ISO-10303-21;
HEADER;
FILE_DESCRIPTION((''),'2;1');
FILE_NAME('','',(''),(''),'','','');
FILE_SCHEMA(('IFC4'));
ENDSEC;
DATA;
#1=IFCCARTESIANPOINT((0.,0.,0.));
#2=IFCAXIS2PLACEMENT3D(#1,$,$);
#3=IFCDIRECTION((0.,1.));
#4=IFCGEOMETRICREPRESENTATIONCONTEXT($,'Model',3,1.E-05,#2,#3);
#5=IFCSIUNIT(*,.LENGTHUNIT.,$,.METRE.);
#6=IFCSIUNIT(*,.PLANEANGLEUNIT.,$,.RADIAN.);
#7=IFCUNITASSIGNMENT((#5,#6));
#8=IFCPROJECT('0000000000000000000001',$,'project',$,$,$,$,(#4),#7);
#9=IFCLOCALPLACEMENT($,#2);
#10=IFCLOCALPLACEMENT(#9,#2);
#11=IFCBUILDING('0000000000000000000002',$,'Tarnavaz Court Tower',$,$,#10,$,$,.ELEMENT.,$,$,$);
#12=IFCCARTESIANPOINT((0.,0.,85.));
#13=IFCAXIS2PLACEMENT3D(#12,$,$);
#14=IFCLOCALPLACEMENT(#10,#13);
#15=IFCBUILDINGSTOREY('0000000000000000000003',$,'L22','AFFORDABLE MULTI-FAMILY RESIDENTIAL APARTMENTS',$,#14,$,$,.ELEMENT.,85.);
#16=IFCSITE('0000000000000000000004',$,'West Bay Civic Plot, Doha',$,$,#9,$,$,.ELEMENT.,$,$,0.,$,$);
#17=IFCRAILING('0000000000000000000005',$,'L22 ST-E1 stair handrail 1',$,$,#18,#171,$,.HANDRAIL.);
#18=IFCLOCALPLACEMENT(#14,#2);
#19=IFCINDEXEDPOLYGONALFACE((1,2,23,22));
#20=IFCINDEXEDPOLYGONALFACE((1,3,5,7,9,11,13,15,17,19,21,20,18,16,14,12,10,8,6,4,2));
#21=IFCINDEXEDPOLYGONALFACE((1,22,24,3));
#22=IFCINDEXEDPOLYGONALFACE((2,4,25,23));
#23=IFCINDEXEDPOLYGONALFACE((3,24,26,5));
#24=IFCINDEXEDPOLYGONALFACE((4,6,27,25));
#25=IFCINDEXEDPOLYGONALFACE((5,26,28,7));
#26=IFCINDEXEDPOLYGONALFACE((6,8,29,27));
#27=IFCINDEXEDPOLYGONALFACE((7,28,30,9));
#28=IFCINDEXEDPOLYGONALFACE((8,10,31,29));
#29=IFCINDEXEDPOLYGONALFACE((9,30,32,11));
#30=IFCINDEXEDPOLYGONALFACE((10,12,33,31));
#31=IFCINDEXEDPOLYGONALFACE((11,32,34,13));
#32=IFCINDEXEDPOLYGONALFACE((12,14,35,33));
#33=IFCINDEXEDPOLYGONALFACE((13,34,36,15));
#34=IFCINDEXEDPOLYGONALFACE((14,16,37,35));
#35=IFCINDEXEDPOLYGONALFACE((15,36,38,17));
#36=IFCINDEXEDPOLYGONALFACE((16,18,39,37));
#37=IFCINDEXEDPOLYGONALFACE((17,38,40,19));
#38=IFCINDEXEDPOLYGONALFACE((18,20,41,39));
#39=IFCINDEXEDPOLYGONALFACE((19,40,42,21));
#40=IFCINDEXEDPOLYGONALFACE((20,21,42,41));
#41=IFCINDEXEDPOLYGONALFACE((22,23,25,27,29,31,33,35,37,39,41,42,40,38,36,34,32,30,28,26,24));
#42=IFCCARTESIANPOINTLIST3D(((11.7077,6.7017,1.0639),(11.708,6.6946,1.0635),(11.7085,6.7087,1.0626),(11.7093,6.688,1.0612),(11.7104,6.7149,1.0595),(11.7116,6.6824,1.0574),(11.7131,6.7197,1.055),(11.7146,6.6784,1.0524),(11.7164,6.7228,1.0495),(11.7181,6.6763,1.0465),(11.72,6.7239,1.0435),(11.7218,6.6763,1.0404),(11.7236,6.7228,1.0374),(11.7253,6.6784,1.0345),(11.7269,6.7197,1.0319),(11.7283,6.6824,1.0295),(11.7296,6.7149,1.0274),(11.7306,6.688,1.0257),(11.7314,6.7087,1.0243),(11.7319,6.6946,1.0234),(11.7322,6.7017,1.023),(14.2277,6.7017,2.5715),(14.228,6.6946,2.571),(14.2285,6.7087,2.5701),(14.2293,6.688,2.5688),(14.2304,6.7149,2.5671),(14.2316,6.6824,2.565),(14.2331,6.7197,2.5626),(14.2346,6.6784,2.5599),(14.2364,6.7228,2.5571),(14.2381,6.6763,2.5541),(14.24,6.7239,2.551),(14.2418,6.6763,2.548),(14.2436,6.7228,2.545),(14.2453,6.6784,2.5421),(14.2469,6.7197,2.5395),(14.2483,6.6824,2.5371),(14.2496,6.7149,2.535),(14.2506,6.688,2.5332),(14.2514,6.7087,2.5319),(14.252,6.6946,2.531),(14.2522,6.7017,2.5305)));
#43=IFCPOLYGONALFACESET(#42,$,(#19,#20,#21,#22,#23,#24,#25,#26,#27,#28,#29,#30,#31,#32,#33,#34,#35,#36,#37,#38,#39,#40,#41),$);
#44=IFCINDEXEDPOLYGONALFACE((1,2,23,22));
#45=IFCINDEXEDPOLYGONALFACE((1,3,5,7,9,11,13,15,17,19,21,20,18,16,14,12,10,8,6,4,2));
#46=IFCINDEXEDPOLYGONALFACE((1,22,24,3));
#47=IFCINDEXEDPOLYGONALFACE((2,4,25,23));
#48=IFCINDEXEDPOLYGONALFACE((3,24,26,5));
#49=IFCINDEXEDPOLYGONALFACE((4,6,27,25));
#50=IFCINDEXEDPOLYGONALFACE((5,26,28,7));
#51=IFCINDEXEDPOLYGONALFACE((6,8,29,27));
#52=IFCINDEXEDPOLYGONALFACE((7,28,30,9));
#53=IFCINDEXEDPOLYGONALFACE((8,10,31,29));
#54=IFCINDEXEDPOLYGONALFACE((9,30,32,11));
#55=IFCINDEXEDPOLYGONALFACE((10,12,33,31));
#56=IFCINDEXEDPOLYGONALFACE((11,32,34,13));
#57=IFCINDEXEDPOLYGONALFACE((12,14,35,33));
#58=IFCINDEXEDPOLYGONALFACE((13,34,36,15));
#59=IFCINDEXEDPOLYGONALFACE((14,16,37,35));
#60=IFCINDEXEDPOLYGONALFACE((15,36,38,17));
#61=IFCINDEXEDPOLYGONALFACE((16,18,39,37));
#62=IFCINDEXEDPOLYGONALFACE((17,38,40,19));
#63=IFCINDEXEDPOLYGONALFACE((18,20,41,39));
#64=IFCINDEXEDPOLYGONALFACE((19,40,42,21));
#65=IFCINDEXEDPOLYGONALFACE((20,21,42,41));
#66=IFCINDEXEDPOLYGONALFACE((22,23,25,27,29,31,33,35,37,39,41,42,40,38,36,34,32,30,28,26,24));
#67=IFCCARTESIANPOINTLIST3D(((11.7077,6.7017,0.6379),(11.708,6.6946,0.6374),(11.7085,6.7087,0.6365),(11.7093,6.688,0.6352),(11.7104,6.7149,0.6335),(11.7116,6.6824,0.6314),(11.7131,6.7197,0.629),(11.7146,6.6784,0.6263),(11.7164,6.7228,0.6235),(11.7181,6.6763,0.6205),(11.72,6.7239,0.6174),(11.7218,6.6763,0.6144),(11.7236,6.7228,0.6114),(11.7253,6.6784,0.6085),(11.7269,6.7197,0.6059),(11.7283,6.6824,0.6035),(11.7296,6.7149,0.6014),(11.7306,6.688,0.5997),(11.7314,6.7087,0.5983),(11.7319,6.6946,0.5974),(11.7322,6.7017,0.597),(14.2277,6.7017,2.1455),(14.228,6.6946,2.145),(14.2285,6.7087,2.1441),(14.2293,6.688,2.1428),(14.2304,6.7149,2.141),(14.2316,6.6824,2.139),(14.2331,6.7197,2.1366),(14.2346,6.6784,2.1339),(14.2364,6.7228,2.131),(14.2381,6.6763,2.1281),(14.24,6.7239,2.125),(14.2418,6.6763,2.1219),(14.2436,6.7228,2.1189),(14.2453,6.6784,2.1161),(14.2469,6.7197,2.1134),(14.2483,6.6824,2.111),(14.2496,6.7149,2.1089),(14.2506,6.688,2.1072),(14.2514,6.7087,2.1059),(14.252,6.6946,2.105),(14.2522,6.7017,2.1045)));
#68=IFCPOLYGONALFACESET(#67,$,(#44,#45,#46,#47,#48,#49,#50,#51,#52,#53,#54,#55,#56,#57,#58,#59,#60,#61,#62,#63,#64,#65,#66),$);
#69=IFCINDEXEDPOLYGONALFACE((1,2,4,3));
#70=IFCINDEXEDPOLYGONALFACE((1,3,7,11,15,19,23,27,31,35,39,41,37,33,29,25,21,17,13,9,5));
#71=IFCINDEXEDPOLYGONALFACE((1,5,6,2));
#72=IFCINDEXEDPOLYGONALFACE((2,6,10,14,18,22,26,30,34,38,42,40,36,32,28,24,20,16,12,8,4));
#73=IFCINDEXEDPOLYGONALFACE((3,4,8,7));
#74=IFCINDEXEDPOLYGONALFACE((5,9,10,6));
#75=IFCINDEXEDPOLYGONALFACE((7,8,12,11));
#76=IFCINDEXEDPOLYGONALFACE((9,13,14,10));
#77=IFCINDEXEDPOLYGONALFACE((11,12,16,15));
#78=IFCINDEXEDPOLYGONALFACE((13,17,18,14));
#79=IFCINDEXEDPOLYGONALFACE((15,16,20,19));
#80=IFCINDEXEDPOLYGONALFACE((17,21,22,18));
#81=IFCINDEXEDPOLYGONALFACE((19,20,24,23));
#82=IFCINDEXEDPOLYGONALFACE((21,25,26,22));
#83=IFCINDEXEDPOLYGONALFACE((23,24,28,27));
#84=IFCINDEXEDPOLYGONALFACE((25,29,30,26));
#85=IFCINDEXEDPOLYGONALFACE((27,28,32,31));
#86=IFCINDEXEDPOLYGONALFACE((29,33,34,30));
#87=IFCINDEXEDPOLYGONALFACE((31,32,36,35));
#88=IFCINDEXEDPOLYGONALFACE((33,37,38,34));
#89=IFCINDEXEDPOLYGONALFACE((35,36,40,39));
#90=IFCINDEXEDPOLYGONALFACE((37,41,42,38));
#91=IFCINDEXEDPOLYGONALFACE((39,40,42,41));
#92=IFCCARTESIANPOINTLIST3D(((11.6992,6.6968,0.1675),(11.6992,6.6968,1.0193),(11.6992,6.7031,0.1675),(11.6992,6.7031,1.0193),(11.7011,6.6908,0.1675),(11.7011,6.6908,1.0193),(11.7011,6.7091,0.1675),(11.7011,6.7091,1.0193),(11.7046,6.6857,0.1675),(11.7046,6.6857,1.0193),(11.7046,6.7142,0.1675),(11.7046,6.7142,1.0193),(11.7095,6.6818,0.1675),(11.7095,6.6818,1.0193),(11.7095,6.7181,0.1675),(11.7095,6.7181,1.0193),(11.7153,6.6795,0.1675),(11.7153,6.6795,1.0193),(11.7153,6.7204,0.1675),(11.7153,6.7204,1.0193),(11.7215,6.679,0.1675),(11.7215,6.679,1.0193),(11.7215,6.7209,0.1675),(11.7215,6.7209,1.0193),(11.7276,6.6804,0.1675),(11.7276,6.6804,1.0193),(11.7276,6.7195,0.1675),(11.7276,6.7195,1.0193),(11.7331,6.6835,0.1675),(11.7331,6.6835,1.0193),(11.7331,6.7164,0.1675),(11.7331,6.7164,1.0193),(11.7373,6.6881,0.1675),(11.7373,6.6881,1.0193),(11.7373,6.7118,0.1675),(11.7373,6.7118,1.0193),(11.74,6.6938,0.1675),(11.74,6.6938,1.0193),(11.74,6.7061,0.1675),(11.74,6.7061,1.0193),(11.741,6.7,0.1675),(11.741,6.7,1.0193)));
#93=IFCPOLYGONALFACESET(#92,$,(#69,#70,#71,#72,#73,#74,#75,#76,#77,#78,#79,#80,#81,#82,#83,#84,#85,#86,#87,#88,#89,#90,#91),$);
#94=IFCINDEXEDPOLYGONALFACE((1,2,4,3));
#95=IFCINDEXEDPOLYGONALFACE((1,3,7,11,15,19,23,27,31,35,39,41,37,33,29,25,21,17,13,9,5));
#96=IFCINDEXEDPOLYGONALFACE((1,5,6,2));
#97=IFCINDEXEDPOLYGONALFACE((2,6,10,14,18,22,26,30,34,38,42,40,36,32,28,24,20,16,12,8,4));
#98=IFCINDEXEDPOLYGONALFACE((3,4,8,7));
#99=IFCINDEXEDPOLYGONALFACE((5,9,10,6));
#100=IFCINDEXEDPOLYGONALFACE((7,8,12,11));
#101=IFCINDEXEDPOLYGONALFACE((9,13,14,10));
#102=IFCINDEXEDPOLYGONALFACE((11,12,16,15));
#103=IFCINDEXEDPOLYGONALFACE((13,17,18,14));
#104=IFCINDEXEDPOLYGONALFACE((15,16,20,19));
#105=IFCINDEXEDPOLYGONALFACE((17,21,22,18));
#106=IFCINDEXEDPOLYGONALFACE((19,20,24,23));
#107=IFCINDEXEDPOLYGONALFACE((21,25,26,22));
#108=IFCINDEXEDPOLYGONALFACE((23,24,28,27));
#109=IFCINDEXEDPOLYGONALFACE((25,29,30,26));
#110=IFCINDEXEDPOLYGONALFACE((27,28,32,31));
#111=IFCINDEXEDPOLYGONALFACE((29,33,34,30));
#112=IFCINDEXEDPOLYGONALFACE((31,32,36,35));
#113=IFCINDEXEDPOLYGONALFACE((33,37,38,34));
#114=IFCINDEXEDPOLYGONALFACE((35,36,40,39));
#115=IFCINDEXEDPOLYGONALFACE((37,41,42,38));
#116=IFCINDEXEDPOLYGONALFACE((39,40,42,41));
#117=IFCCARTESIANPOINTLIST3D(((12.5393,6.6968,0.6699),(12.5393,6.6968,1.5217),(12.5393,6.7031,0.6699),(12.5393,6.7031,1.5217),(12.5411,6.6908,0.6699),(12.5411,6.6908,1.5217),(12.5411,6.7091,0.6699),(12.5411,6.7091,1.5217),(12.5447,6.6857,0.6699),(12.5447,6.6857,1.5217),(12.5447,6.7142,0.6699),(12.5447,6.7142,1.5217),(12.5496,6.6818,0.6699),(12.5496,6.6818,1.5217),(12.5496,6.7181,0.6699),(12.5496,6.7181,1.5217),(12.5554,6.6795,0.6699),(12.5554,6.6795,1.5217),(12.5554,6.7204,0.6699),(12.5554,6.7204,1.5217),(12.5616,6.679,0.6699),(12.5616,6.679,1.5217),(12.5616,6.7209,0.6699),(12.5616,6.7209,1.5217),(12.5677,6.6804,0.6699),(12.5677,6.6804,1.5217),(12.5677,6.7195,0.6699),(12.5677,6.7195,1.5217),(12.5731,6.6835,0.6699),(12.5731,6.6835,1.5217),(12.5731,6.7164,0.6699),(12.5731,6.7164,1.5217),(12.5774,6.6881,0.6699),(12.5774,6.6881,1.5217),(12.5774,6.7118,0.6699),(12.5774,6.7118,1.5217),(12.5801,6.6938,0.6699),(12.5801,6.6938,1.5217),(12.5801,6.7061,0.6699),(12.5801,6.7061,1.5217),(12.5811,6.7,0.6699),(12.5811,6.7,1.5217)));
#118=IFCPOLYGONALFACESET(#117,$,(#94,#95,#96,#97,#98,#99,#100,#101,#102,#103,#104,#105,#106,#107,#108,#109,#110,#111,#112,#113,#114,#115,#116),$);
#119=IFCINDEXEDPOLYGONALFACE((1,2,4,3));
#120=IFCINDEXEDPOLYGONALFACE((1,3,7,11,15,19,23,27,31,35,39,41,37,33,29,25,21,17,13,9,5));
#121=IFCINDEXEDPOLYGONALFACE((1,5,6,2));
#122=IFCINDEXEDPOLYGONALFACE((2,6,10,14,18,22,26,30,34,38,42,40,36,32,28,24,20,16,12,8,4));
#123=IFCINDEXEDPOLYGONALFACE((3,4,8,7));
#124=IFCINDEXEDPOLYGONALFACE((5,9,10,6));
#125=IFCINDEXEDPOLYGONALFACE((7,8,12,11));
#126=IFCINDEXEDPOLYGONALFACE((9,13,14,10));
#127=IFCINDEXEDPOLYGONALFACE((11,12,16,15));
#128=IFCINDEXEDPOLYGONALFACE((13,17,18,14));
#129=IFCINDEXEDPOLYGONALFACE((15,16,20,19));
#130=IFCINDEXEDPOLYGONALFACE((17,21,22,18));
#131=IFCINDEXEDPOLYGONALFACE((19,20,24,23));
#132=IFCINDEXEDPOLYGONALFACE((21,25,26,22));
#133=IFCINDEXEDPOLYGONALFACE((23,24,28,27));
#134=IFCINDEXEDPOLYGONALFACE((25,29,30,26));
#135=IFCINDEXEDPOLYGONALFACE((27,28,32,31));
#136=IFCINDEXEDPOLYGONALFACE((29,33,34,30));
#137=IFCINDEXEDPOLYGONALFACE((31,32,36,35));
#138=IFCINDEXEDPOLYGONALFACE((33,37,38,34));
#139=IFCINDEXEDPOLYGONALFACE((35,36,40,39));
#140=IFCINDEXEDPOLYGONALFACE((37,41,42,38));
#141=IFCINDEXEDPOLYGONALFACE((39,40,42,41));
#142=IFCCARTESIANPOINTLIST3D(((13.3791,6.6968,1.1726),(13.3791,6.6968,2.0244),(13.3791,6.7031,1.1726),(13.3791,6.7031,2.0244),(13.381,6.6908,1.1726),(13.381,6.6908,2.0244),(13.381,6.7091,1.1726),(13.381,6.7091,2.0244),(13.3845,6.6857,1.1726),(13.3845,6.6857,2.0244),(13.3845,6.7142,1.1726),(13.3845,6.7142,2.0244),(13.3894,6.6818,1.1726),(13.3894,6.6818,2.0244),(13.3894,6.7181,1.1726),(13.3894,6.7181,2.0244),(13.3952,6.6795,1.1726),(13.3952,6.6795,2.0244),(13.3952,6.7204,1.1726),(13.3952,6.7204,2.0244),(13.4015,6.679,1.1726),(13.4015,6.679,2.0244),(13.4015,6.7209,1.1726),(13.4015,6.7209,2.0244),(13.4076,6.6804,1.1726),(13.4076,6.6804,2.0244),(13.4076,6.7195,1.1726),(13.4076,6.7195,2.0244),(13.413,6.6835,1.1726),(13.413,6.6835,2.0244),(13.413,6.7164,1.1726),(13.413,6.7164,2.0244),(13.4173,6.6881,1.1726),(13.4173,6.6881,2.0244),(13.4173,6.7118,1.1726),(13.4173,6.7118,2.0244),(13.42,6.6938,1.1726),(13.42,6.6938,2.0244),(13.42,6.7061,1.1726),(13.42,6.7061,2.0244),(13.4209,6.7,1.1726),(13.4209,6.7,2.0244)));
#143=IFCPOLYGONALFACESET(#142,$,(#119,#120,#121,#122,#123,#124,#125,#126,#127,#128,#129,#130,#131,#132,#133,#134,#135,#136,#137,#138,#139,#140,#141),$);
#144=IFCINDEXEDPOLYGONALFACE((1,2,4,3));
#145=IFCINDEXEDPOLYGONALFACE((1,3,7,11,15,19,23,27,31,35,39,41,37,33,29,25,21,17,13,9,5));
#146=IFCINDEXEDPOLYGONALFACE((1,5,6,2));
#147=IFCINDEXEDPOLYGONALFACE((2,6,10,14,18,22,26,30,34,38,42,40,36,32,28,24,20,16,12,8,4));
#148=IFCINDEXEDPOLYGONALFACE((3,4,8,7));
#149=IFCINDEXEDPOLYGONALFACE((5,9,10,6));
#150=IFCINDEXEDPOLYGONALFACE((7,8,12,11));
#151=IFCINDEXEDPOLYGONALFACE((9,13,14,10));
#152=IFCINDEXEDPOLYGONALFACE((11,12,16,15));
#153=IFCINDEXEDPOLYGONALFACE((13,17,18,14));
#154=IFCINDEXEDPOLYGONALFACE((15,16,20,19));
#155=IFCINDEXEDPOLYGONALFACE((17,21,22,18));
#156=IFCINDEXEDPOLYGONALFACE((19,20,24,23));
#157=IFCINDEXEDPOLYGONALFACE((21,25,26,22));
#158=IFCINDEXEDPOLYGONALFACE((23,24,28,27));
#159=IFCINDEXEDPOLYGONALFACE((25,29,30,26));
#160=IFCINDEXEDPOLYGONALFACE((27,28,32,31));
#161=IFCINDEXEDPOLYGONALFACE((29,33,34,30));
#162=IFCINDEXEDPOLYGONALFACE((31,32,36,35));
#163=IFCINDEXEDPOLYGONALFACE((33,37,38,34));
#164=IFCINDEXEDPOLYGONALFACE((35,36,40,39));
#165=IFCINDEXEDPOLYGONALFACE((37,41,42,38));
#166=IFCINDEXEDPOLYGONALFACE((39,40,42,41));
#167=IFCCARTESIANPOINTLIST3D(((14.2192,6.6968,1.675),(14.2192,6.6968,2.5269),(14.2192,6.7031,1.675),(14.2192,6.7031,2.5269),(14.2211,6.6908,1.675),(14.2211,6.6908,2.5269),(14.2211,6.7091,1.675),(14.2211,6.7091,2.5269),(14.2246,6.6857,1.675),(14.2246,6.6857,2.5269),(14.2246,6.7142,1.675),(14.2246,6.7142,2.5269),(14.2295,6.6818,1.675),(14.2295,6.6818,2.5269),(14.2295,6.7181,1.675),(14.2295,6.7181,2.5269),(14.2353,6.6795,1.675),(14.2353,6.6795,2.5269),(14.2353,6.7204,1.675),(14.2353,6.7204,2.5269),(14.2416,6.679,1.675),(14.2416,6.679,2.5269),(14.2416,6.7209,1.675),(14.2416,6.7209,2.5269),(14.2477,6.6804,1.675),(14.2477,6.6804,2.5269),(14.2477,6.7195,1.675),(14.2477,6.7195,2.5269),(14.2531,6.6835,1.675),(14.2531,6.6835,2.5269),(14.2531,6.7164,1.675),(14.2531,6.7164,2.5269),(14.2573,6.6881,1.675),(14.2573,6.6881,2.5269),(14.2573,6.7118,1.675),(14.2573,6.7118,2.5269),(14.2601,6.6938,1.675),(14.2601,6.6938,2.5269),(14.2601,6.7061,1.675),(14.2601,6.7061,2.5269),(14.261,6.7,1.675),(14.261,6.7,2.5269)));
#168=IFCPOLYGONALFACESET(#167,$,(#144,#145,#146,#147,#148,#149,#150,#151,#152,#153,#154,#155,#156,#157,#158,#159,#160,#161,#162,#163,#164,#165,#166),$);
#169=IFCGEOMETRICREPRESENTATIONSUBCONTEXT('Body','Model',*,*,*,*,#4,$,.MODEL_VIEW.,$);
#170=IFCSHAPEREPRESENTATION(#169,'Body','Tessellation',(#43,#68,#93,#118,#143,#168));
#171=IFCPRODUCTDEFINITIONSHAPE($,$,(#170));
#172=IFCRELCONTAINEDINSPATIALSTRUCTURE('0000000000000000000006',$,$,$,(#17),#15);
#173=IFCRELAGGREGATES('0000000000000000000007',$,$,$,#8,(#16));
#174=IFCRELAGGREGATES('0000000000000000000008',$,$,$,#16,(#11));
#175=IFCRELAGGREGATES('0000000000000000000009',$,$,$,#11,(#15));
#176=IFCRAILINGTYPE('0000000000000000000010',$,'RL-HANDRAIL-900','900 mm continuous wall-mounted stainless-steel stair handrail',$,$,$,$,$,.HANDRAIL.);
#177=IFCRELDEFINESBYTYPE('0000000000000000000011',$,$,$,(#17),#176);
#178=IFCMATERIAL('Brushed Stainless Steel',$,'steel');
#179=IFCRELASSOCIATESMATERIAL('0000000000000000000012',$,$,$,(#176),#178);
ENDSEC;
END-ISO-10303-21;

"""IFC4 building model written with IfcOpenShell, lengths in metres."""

from ifc_helpers import new_model, si_unit, direction, frame, origin, origin_2d, place, context, subcontext, project, spatial, circle, extrude, material, type_object, element, save


model = new_model("IFC4")

# Units and contexts
model_context = context("Model", 3, precision=1e-05, world=origin(), true_north=direction((0.0, 1.0)))
body_context = subcontext(model_context, "Body", "Model", "MODEL_VIEW")
ifc_project = project(units=[si_unit("LENGTHUNIT", "METRE"), si_unit("PLANEANGLEUNIT", "RADIAN")], contexts=[model_context])

# Site, building, storey
site_placement = place(None, origin())
site = spatial("IfcSite", under=ifc_project, at=site_placement, Name="West Bay Civic Plot, Doha", CompositionType="ELEMENT", RefElevation=0.0)
building_placement = place(site_placement, origin())
building = spatial("IfcBuilding", under=site, at=building_placement, Name="Tarnavaz Court Tower", CompositionType="ELEMENT")
storey_placement = place(building_placement, frame((0.0, 0.0, 85.0)))
storey = spatial("IfcBuildingStorey", under=building, at=storey_placement, Name="L22", Description="AFFORDABLE MULTI-FAMILY RESIDENTIAL APARTMENTS", CompositionType="ELEMENT", Elevation=85.0)

# Railing
ifc_material_1 = material(Name="Brushed Stainless Steel", Category="steel")
railing_type_1 = type_object("IfcRailingType", Name="RL-HANDRAIL-900", Description="900 mm continuous wall-mounted stainless-steel stair handrail", PredefinedType="HANDRAIL", material=ifc_material_1)
railing_1_placement = place(storey_placement, frame((11.72, 6.7, 0.1675)))
element("IfcRailing", 1, at=railing_1_placement, inside=storey, type_object=railing_type_1, Name="L22 ST-E1 stair handrail 1", PredefinedType="HANDRAIL", context=body_context, shape_type="SweptSolid", body=[
    extrude(circle(Radius=0.0239, at=origin_2d()), frame((0.0, 0.0, 0.876), z_axis=(0.85816, 0.0, 0.513383), x_axis=(0.0, 1.0, 0.0)), (0.0, 0.0, 1.0), 2.9365),
    extrude(circle(Radius=0.0239, at=origin_2d()), frame((0.0, 0.0, 0.45), z_axis=(0.85816, 0.0, 0.513383), x_axis=(0.0, 1.0, 0.0)), (0.0, 0.0, 1.0), 2.9365),
    extrude(circle(Radius=0.021, at=origin_2d()), origin(), (0.0, 0.0, 1.0), 0.8518),
    extrude(circle(Radius=0.021, at=origin_2d()), frame((0.8401, 0.0, 0.5024)), (0.0, 0.0, 1.0), 0.8518),
    extrude(circle(Radius=0.021, at=origin_2d()), frame((1.6799, 0.0, 1.0051)), (0.0, 0.0, 1.0), 0.8518),
    extrude(circle(Radius=0.021, at=origin_2d()), frame((2.52, 0.0, 1.5076)), (0.0, 0.0, 1.0), 0.8518),
])

save(model, "model.ifc")
